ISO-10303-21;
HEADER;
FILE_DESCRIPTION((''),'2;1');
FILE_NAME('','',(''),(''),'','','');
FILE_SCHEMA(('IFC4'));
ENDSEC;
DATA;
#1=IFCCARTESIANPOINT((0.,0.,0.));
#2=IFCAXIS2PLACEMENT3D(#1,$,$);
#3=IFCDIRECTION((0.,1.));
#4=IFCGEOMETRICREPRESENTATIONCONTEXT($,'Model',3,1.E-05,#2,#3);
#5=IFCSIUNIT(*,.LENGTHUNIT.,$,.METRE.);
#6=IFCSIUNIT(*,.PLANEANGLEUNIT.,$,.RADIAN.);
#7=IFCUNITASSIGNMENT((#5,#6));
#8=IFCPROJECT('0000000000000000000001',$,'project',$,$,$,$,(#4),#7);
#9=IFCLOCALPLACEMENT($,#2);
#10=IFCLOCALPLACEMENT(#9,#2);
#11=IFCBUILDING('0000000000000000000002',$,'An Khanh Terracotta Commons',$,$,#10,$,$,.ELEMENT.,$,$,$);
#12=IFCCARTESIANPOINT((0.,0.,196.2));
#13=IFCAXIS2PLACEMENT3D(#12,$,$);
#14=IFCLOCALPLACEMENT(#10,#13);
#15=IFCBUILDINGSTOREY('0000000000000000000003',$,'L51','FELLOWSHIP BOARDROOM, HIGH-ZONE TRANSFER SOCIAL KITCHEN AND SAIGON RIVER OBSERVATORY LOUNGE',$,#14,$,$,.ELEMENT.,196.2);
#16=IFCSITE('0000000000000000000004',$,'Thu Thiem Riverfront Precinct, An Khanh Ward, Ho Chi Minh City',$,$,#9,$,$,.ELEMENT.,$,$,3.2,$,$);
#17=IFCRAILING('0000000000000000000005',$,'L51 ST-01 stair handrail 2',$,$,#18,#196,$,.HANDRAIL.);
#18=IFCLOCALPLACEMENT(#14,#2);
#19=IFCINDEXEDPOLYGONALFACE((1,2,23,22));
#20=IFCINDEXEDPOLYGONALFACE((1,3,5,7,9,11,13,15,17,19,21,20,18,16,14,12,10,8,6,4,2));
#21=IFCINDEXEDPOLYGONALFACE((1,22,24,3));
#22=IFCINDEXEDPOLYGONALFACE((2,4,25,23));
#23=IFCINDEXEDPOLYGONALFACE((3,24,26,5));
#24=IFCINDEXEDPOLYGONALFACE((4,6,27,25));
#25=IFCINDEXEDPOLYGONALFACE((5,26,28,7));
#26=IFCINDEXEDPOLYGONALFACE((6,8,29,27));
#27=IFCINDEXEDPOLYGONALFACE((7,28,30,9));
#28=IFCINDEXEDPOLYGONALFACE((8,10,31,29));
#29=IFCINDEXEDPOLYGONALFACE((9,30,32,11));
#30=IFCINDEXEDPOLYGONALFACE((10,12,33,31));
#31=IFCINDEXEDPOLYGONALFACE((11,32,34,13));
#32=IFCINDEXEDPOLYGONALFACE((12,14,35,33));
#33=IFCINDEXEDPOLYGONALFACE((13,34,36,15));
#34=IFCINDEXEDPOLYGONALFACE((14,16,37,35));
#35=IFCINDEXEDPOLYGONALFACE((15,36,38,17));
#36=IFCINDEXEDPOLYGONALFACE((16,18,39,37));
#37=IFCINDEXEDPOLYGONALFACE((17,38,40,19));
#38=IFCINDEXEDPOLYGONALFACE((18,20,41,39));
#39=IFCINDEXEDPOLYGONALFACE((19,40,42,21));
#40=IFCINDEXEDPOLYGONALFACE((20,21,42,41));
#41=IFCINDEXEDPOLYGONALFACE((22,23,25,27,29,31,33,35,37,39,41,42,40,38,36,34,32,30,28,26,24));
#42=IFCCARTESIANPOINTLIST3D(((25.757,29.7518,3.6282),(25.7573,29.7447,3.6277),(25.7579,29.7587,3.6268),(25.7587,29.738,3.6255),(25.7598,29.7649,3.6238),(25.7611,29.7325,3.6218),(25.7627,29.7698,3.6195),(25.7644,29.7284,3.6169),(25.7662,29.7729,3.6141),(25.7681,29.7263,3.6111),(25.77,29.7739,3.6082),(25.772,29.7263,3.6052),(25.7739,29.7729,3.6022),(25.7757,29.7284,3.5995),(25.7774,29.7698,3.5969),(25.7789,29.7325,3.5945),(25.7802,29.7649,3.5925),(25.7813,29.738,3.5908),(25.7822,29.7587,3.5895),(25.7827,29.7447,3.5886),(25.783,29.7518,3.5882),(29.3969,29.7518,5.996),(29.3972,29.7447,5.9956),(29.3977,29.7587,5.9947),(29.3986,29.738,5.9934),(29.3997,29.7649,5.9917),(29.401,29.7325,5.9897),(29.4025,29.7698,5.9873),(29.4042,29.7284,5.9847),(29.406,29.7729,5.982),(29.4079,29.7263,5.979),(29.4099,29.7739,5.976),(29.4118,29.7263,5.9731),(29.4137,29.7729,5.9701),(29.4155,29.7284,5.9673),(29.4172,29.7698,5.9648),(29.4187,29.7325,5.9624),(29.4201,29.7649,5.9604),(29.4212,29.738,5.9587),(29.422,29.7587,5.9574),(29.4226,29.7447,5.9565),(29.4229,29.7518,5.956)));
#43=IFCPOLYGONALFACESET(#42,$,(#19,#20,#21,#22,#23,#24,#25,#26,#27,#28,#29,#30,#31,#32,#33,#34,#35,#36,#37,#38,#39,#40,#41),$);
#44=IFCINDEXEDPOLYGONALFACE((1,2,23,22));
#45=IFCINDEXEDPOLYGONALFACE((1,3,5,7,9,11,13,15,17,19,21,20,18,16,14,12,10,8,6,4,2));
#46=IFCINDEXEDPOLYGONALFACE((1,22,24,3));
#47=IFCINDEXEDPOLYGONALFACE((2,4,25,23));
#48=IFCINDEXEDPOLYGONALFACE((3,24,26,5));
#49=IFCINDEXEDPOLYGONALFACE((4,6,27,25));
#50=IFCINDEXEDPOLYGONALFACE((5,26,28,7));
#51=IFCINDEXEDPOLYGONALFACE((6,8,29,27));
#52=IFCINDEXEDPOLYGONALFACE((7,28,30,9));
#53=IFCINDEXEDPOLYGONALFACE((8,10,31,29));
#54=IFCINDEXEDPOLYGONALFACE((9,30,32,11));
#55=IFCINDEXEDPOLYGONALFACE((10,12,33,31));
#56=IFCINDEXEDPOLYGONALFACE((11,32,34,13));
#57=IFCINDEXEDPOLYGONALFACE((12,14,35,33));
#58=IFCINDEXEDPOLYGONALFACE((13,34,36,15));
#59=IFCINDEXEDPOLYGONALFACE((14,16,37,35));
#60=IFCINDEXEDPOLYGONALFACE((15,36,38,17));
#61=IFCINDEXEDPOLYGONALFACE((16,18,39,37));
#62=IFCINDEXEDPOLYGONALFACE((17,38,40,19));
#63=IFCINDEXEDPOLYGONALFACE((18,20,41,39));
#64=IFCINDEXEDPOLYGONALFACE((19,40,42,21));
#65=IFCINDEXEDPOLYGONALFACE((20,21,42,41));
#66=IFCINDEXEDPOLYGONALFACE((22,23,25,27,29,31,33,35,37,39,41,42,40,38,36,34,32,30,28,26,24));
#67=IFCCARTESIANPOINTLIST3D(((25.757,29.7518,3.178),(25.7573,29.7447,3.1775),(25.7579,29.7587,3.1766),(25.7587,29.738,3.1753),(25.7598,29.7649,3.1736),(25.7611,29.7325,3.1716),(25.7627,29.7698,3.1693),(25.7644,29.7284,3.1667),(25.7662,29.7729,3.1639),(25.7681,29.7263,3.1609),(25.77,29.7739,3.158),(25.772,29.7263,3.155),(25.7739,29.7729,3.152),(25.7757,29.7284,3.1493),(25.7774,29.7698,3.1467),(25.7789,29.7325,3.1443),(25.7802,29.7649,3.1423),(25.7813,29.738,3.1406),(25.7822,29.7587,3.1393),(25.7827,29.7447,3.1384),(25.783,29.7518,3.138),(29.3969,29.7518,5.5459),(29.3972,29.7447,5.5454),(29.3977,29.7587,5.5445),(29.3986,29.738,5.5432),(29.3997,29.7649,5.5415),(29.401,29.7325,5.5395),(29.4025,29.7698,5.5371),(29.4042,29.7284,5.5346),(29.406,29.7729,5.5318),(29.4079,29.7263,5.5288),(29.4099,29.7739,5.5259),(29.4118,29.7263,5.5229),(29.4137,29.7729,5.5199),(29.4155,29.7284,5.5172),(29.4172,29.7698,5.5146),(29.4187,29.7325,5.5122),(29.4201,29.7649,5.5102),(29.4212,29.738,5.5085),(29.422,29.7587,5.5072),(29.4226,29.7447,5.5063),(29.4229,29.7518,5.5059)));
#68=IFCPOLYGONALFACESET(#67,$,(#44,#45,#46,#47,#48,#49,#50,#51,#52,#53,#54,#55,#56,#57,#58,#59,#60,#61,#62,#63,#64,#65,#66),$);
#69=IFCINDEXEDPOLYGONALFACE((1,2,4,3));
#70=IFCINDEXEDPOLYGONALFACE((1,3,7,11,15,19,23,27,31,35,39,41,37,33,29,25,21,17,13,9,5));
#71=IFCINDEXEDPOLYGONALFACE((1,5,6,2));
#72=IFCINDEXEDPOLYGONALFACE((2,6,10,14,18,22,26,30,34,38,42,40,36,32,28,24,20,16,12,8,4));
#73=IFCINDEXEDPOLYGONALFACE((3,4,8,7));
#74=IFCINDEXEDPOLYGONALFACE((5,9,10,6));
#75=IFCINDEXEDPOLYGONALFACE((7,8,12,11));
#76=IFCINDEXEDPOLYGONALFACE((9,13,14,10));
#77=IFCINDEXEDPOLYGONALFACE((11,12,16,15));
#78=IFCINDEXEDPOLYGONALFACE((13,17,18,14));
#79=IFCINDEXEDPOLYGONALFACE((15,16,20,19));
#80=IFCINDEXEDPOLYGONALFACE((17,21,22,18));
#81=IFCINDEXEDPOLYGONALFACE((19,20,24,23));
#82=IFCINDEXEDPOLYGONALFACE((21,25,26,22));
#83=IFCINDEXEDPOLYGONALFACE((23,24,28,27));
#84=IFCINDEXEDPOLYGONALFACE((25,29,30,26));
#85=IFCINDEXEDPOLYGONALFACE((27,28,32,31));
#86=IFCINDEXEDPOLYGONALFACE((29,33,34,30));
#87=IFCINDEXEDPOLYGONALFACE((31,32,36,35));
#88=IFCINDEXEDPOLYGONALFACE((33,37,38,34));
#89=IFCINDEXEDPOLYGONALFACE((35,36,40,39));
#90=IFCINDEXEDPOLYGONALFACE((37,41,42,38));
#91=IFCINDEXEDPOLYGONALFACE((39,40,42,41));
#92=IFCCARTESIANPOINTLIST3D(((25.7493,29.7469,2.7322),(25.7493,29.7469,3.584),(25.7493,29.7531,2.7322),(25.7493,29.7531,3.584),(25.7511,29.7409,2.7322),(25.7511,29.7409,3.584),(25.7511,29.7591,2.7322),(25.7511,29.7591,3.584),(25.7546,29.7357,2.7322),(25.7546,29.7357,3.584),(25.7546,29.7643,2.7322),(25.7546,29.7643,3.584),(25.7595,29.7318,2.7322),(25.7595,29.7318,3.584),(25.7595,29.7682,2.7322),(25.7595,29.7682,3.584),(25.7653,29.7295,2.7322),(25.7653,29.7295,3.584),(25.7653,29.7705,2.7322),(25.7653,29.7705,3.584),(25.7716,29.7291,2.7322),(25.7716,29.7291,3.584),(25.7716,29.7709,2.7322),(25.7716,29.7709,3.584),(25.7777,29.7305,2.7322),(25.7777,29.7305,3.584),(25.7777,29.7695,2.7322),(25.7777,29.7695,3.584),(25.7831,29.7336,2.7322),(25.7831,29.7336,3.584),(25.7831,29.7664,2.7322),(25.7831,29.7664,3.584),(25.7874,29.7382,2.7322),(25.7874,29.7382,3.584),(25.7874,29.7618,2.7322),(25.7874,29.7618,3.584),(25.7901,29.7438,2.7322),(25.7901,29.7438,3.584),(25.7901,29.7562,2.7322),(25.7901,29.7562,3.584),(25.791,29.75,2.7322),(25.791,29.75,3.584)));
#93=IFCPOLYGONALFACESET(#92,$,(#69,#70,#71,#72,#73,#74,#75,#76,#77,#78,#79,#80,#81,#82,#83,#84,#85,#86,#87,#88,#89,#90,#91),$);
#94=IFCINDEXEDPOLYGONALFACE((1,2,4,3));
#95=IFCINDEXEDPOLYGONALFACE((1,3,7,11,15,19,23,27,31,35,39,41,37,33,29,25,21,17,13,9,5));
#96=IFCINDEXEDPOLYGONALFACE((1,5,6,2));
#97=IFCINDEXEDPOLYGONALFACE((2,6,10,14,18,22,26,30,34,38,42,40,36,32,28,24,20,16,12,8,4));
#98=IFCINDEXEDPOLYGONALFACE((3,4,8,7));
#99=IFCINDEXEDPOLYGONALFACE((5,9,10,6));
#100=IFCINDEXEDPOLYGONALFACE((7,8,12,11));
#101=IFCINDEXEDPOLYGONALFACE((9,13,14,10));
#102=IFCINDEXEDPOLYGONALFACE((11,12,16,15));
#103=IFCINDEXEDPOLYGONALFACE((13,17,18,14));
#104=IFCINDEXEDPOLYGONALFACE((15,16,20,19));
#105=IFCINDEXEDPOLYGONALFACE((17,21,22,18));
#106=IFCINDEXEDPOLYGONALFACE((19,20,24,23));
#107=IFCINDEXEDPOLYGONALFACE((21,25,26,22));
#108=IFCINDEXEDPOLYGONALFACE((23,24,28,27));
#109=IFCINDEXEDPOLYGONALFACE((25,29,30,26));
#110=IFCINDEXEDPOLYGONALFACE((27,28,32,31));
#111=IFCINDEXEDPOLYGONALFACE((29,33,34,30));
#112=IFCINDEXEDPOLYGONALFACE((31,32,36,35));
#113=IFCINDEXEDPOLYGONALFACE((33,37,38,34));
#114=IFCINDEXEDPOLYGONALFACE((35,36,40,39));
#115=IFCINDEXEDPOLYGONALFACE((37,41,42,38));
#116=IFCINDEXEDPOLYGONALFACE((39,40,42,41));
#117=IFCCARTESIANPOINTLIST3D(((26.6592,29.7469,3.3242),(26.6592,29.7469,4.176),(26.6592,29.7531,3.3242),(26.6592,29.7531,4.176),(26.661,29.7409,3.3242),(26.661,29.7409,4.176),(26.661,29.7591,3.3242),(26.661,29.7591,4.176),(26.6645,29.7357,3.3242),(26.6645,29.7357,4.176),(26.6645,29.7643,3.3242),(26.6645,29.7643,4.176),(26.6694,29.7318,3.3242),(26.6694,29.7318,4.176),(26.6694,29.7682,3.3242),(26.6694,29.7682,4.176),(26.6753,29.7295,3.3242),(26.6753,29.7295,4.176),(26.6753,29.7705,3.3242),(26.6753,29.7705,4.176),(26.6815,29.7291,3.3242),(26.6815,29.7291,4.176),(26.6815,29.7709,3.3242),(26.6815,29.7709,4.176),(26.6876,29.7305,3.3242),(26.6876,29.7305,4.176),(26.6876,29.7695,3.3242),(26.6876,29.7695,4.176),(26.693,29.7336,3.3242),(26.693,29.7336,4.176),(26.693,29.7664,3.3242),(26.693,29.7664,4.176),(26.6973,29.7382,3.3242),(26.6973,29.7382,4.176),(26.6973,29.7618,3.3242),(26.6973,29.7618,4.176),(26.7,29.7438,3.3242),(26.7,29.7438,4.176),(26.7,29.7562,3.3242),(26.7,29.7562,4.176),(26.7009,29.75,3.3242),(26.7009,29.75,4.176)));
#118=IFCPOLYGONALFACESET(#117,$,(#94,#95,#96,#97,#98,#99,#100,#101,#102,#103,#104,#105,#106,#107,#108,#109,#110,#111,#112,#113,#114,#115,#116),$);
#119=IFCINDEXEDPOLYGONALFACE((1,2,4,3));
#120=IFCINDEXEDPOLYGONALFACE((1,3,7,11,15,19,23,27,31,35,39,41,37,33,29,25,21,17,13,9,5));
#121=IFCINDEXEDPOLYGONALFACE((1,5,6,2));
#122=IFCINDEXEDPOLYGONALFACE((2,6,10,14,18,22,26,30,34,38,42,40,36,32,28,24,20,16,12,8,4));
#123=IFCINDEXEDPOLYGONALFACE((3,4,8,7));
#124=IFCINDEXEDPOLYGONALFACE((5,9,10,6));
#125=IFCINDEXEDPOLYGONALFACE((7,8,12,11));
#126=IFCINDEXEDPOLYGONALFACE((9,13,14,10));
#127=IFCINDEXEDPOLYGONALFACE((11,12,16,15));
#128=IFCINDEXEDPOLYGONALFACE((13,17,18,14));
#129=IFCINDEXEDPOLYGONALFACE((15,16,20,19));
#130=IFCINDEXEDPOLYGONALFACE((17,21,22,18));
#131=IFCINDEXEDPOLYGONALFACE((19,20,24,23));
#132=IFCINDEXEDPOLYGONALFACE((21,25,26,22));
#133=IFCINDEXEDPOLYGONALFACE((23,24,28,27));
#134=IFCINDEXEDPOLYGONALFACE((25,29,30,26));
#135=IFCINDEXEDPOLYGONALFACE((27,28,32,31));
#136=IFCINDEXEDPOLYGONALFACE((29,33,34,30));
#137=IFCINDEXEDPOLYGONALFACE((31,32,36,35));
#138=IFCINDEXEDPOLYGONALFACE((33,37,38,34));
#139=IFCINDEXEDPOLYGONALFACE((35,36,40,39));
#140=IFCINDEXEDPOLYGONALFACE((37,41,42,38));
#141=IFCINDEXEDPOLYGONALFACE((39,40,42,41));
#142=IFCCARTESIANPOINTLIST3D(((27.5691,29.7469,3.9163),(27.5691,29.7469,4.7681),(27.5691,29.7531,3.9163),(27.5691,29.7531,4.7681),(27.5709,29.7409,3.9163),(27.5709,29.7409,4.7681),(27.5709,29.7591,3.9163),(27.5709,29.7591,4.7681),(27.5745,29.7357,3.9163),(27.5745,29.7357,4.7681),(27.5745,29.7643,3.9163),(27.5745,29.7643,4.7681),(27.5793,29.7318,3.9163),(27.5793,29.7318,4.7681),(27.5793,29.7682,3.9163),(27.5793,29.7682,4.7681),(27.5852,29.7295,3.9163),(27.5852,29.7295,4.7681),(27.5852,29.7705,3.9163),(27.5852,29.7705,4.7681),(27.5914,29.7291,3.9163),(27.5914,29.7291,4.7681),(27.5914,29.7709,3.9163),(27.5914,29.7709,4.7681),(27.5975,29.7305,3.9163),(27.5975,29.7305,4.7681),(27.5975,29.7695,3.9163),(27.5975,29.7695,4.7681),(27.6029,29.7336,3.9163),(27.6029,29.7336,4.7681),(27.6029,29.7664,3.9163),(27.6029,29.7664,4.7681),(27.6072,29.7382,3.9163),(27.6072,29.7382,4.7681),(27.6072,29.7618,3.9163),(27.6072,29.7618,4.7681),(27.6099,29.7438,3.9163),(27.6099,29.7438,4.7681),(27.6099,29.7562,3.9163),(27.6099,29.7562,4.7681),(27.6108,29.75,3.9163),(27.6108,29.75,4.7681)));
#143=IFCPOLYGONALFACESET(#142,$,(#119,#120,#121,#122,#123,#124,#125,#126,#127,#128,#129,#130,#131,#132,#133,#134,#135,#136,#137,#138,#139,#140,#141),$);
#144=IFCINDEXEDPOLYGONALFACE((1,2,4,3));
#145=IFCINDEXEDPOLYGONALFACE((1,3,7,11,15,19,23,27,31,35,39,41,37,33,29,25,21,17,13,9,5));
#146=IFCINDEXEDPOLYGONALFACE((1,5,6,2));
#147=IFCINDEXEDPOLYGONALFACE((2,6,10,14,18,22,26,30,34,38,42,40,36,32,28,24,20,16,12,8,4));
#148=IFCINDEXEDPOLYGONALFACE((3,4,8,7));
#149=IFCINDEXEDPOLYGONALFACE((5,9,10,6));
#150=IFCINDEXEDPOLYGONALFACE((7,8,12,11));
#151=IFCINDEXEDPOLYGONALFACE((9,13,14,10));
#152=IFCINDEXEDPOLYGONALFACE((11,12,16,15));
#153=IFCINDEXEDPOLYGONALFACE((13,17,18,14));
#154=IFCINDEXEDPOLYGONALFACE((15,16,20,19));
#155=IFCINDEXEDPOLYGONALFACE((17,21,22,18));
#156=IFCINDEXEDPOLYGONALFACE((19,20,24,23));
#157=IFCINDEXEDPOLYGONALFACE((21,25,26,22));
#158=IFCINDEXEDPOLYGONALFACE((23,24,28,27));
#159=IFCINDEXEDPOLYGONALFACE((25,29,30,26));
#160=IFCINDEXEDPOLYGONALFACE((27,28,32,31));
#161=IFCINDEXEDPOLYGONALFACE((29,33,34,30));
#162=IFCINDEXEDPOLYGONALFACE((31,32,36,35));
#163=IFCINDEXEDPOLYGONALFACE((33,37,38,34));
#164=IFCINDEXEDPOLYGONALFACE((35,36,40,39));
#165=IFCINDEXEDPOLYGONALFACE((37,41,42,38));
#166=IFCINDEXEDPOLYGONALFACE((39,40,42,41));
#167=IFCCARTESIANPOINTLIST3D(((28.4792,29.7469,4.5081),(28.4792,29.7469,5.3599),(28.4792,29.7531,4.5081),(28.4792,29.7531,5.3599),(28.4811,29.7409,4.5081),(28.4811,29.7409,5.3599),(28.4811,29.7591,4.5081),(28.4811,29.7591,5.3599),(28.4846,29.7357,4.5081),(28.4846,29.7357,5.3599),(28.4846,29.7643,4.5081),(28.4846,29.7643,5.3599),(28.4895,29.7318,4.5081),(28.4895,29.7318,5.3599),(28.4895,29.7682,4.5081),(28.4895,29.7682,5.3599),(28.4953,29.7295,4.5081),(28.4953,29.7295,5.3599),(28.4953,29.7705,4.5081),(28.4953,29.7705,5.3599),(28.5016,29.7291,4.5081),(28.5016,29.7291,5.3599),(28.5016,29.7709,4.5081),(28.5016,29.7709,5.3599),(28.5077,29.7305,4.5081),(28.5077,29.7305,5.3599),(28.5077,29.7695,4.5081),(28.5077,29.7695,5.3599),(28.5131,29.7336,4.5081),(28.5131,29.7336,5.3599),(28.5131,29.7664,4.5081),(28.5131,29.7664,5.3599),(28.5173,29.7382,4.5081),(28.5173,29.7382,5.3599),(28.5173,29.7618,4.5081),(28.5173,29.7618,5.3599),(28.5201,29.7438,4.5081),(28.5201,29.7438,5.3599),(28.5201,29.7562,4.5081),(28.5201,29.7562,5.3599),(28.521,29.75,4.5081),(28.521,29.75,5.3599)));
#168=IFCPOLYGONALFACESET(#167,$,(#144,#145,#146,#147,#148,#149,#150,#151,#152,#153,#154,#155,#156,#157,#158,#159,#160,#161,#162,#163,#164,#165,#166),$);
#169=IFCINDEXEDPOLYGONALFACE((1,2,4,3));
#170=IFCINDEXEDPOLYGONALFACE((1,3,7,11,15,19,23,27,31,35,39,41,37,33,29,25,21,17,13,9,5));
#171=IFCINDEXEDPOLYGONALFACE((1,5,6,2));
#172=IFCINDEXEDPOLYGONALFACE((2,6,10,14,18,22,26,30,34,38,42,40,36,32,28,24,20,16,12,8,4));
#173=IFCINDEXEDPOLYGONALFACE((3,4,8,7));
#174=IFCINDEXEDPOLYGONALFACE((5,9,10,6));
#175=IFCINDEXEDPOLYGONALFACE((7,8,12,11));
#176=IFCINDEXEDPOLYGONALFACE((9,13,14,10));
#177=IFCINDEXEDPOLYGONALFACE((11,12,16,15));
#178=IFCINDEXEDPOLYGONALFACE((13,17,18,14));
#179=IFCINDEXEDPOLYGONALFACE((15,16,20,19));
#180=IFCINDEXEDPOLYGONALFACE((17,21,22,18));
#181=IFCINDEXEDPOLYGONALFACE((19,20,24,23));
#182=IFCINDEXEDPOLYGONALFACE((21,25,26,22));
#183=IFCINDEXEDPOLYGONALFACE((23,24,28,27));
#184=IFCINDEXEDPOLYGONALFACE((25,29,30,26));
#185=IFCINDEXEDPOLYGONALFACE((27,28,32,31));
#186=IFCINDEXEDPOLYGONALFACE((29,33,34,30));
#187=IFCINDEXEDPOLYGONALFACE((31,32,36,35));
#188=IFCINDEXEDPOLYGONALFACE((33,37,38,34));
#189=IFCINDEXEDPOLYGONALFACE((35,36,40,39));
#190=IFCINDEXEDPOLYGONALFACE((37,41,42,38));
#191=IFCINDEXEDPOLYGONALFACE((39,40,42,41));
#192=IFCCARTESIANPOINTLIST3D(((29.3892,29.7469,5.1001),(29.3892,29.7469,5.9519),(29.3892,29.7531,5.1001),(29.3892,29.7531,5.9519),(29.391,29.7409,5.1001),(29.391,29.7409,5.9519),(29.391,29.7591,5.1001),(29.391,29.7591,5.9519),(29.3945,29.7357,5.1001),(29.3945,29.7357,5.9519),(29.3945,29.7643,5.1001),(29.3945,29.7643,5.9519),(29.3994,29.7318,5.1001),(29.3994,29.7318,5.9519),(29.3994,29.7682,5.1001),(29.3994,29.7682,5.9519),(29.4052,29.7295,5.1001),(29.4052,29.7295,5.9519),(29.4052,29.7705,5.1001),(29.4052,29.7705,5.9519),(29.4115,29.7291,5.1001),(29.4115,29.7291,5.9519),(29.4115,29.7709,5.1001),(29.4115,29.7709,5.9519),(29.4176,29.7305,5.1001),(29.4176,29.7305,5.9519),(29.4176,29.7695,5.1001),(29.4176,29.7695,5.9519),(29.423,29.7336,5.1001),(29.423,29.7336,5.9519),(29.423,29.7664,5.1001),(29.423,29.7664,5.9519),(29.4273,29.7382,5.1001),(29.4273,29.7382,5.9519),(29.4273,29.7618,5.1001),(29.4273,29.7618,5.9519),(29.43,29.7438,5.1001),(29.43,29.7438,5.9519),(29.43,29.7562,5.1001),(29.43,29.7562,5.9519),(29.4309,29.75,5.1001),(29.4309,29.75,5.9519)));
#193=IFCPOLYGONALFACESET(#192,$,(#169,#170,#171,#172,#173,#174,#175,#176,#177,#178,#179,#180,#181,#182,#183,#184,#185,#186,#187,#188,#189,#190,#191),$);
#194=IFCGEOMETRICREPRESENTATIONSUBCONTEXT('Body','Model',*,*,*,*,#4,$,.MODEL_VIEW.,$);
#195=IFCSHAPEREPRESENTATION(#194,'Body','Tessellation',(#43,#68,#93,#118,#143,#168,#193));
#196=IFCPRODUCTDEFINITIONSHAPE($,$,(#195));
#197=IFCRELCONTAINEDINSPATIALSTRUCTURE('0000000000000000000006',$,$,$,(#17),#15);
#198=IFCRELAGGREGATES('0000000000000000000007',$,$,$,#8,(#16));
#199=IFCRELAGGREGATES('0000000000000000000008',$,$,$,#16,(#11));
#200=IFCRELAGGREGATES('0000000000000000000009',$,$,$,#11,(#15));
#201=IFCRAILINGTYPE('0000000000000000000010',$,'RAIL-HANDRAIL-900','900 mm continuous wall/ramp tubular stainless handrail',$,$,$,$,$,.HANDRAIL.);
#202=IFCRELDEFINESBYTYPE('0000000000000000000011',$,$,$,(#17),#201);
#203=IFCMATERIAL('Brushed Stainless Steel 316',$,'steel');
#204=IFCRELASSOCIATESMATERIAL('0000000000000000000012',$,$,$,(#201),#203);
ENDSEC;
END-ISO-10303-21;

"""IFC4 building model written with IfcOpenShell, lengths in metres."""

from ifc_helpers import new_model, si_unit, direction, frame, origin, origin_2d, place, context, subcontext, project, spatial, circle, extrude, material, type_object, element, save


model = new_model("IFC4")

# Units and contexts
model_context = context("Model", 3, precision=1e-05, world=origin(), true_north=direction((0.0, 1.0)))
body_context = subcontext(model_context, "Body", "Model", "MODEL_VIEW")
ifc_project = project(units=[si_unit("LENGTHUNIT", "METRE"), si_unit("PLANEANGLEUNIT", "RADIAN")], contexts=[model_context])

# Site, building, storey
site_placement = place(None, origin())
site = spatial("IfcSite", under=ifc_project, at=site_placement, Name="Thu Thiem Riverfront Precinct, An Khanh Ward, Ho Chi Minh City", CompositionType="ELEMENT", RefElevation=3.2)
building_placement = place(site_placement, origin())
building = spatial("IfcBuilding", under=site, at=building_placement, Name="An Khanh Terracotta Commons", CompositionType="ELEMENT")
storey_placement = place(building_placement, frame((0.0, 0.0, 196.2)))
storey = spatial("IfcBuildingStorey", under=building, at=storey_placement, Name="L51", Description="FELLOWSHIP BOARDROOM, HIGH-ZONE TRANSFER SOCIAL KITCHEN AND SAIGON RIVER OBSERVATORY LOUNGE", CompositionType="ELEMENT", Elevation=196.2)

# Railing
ifc_material_1 = material(Name="Brushed Stainless Steel 316", Category="steel")
railing_type = type_object("IfcRailingType", Name="RAIL-HANDRAIL-900", Description="900 mm continuous wall/ramp tubular stainless handrail", PredefinedType="HANDRAIL", material=ifc_material_1)
railing_placement = place(storey_placement, frame((25.77, 29.75, 2.7322)))
element("IfcRailing", 1, at=railing_placement, inside=storey, type_object=railing_type, Name="L51 ST-01 stair handrail 2", PredefinedType="HANDRAIL", context=body_context, shape_type="SweptSolid", body=[
    extrude(circle(Radius=0.0239, at=origin_2d()), frame((0.0, 0.0, 0.876), z_axis=(0.838234, 0.0, 0.54531), x_axis=(0.0, 1.0, 0.0)), (0.0, 0.0, 1.0), 4.3423),
    extrude(circle(Radius=0.0239, at=origin_2d()), frame((0.0, 0.0, 0.4258), z_axis=(0.838234, 0.0, 0.54531), x_axis=(0.0, 1.0, 0.0)), (0.0, 0.0, 1.0), 4.3423),
    extrude(circle(Radius=0.021, at=origin_2d()), origin(), (0.0, 0.0, 1.0), 0.8518),
    extrude(circle(Radius=0.021, at=origin_2d()), frame((0.9099, 0.0, 0.592)), (0.0, 0.0, 1.0), 0.8518),
    extrude(circle(Radius=0.021, at=origin_2d()), frame((1.8198, 0.0, 1.1841)), (0.0, 0.0, 1.0), 0.8518),
    extrude(circle(Radius=0.021, at=origin_2d()), frame((2.73, 0.0, 1.7759)), (0.0, 0.0, 1.0), 0.8518),
    extrude(circle(Radius=0.021, at=origin_2d()), frame((3.6399, 0.0, 2.3679)), (0.0, 0.0, 1.0), 0.8518),
])

save(model, "model.ifc")
